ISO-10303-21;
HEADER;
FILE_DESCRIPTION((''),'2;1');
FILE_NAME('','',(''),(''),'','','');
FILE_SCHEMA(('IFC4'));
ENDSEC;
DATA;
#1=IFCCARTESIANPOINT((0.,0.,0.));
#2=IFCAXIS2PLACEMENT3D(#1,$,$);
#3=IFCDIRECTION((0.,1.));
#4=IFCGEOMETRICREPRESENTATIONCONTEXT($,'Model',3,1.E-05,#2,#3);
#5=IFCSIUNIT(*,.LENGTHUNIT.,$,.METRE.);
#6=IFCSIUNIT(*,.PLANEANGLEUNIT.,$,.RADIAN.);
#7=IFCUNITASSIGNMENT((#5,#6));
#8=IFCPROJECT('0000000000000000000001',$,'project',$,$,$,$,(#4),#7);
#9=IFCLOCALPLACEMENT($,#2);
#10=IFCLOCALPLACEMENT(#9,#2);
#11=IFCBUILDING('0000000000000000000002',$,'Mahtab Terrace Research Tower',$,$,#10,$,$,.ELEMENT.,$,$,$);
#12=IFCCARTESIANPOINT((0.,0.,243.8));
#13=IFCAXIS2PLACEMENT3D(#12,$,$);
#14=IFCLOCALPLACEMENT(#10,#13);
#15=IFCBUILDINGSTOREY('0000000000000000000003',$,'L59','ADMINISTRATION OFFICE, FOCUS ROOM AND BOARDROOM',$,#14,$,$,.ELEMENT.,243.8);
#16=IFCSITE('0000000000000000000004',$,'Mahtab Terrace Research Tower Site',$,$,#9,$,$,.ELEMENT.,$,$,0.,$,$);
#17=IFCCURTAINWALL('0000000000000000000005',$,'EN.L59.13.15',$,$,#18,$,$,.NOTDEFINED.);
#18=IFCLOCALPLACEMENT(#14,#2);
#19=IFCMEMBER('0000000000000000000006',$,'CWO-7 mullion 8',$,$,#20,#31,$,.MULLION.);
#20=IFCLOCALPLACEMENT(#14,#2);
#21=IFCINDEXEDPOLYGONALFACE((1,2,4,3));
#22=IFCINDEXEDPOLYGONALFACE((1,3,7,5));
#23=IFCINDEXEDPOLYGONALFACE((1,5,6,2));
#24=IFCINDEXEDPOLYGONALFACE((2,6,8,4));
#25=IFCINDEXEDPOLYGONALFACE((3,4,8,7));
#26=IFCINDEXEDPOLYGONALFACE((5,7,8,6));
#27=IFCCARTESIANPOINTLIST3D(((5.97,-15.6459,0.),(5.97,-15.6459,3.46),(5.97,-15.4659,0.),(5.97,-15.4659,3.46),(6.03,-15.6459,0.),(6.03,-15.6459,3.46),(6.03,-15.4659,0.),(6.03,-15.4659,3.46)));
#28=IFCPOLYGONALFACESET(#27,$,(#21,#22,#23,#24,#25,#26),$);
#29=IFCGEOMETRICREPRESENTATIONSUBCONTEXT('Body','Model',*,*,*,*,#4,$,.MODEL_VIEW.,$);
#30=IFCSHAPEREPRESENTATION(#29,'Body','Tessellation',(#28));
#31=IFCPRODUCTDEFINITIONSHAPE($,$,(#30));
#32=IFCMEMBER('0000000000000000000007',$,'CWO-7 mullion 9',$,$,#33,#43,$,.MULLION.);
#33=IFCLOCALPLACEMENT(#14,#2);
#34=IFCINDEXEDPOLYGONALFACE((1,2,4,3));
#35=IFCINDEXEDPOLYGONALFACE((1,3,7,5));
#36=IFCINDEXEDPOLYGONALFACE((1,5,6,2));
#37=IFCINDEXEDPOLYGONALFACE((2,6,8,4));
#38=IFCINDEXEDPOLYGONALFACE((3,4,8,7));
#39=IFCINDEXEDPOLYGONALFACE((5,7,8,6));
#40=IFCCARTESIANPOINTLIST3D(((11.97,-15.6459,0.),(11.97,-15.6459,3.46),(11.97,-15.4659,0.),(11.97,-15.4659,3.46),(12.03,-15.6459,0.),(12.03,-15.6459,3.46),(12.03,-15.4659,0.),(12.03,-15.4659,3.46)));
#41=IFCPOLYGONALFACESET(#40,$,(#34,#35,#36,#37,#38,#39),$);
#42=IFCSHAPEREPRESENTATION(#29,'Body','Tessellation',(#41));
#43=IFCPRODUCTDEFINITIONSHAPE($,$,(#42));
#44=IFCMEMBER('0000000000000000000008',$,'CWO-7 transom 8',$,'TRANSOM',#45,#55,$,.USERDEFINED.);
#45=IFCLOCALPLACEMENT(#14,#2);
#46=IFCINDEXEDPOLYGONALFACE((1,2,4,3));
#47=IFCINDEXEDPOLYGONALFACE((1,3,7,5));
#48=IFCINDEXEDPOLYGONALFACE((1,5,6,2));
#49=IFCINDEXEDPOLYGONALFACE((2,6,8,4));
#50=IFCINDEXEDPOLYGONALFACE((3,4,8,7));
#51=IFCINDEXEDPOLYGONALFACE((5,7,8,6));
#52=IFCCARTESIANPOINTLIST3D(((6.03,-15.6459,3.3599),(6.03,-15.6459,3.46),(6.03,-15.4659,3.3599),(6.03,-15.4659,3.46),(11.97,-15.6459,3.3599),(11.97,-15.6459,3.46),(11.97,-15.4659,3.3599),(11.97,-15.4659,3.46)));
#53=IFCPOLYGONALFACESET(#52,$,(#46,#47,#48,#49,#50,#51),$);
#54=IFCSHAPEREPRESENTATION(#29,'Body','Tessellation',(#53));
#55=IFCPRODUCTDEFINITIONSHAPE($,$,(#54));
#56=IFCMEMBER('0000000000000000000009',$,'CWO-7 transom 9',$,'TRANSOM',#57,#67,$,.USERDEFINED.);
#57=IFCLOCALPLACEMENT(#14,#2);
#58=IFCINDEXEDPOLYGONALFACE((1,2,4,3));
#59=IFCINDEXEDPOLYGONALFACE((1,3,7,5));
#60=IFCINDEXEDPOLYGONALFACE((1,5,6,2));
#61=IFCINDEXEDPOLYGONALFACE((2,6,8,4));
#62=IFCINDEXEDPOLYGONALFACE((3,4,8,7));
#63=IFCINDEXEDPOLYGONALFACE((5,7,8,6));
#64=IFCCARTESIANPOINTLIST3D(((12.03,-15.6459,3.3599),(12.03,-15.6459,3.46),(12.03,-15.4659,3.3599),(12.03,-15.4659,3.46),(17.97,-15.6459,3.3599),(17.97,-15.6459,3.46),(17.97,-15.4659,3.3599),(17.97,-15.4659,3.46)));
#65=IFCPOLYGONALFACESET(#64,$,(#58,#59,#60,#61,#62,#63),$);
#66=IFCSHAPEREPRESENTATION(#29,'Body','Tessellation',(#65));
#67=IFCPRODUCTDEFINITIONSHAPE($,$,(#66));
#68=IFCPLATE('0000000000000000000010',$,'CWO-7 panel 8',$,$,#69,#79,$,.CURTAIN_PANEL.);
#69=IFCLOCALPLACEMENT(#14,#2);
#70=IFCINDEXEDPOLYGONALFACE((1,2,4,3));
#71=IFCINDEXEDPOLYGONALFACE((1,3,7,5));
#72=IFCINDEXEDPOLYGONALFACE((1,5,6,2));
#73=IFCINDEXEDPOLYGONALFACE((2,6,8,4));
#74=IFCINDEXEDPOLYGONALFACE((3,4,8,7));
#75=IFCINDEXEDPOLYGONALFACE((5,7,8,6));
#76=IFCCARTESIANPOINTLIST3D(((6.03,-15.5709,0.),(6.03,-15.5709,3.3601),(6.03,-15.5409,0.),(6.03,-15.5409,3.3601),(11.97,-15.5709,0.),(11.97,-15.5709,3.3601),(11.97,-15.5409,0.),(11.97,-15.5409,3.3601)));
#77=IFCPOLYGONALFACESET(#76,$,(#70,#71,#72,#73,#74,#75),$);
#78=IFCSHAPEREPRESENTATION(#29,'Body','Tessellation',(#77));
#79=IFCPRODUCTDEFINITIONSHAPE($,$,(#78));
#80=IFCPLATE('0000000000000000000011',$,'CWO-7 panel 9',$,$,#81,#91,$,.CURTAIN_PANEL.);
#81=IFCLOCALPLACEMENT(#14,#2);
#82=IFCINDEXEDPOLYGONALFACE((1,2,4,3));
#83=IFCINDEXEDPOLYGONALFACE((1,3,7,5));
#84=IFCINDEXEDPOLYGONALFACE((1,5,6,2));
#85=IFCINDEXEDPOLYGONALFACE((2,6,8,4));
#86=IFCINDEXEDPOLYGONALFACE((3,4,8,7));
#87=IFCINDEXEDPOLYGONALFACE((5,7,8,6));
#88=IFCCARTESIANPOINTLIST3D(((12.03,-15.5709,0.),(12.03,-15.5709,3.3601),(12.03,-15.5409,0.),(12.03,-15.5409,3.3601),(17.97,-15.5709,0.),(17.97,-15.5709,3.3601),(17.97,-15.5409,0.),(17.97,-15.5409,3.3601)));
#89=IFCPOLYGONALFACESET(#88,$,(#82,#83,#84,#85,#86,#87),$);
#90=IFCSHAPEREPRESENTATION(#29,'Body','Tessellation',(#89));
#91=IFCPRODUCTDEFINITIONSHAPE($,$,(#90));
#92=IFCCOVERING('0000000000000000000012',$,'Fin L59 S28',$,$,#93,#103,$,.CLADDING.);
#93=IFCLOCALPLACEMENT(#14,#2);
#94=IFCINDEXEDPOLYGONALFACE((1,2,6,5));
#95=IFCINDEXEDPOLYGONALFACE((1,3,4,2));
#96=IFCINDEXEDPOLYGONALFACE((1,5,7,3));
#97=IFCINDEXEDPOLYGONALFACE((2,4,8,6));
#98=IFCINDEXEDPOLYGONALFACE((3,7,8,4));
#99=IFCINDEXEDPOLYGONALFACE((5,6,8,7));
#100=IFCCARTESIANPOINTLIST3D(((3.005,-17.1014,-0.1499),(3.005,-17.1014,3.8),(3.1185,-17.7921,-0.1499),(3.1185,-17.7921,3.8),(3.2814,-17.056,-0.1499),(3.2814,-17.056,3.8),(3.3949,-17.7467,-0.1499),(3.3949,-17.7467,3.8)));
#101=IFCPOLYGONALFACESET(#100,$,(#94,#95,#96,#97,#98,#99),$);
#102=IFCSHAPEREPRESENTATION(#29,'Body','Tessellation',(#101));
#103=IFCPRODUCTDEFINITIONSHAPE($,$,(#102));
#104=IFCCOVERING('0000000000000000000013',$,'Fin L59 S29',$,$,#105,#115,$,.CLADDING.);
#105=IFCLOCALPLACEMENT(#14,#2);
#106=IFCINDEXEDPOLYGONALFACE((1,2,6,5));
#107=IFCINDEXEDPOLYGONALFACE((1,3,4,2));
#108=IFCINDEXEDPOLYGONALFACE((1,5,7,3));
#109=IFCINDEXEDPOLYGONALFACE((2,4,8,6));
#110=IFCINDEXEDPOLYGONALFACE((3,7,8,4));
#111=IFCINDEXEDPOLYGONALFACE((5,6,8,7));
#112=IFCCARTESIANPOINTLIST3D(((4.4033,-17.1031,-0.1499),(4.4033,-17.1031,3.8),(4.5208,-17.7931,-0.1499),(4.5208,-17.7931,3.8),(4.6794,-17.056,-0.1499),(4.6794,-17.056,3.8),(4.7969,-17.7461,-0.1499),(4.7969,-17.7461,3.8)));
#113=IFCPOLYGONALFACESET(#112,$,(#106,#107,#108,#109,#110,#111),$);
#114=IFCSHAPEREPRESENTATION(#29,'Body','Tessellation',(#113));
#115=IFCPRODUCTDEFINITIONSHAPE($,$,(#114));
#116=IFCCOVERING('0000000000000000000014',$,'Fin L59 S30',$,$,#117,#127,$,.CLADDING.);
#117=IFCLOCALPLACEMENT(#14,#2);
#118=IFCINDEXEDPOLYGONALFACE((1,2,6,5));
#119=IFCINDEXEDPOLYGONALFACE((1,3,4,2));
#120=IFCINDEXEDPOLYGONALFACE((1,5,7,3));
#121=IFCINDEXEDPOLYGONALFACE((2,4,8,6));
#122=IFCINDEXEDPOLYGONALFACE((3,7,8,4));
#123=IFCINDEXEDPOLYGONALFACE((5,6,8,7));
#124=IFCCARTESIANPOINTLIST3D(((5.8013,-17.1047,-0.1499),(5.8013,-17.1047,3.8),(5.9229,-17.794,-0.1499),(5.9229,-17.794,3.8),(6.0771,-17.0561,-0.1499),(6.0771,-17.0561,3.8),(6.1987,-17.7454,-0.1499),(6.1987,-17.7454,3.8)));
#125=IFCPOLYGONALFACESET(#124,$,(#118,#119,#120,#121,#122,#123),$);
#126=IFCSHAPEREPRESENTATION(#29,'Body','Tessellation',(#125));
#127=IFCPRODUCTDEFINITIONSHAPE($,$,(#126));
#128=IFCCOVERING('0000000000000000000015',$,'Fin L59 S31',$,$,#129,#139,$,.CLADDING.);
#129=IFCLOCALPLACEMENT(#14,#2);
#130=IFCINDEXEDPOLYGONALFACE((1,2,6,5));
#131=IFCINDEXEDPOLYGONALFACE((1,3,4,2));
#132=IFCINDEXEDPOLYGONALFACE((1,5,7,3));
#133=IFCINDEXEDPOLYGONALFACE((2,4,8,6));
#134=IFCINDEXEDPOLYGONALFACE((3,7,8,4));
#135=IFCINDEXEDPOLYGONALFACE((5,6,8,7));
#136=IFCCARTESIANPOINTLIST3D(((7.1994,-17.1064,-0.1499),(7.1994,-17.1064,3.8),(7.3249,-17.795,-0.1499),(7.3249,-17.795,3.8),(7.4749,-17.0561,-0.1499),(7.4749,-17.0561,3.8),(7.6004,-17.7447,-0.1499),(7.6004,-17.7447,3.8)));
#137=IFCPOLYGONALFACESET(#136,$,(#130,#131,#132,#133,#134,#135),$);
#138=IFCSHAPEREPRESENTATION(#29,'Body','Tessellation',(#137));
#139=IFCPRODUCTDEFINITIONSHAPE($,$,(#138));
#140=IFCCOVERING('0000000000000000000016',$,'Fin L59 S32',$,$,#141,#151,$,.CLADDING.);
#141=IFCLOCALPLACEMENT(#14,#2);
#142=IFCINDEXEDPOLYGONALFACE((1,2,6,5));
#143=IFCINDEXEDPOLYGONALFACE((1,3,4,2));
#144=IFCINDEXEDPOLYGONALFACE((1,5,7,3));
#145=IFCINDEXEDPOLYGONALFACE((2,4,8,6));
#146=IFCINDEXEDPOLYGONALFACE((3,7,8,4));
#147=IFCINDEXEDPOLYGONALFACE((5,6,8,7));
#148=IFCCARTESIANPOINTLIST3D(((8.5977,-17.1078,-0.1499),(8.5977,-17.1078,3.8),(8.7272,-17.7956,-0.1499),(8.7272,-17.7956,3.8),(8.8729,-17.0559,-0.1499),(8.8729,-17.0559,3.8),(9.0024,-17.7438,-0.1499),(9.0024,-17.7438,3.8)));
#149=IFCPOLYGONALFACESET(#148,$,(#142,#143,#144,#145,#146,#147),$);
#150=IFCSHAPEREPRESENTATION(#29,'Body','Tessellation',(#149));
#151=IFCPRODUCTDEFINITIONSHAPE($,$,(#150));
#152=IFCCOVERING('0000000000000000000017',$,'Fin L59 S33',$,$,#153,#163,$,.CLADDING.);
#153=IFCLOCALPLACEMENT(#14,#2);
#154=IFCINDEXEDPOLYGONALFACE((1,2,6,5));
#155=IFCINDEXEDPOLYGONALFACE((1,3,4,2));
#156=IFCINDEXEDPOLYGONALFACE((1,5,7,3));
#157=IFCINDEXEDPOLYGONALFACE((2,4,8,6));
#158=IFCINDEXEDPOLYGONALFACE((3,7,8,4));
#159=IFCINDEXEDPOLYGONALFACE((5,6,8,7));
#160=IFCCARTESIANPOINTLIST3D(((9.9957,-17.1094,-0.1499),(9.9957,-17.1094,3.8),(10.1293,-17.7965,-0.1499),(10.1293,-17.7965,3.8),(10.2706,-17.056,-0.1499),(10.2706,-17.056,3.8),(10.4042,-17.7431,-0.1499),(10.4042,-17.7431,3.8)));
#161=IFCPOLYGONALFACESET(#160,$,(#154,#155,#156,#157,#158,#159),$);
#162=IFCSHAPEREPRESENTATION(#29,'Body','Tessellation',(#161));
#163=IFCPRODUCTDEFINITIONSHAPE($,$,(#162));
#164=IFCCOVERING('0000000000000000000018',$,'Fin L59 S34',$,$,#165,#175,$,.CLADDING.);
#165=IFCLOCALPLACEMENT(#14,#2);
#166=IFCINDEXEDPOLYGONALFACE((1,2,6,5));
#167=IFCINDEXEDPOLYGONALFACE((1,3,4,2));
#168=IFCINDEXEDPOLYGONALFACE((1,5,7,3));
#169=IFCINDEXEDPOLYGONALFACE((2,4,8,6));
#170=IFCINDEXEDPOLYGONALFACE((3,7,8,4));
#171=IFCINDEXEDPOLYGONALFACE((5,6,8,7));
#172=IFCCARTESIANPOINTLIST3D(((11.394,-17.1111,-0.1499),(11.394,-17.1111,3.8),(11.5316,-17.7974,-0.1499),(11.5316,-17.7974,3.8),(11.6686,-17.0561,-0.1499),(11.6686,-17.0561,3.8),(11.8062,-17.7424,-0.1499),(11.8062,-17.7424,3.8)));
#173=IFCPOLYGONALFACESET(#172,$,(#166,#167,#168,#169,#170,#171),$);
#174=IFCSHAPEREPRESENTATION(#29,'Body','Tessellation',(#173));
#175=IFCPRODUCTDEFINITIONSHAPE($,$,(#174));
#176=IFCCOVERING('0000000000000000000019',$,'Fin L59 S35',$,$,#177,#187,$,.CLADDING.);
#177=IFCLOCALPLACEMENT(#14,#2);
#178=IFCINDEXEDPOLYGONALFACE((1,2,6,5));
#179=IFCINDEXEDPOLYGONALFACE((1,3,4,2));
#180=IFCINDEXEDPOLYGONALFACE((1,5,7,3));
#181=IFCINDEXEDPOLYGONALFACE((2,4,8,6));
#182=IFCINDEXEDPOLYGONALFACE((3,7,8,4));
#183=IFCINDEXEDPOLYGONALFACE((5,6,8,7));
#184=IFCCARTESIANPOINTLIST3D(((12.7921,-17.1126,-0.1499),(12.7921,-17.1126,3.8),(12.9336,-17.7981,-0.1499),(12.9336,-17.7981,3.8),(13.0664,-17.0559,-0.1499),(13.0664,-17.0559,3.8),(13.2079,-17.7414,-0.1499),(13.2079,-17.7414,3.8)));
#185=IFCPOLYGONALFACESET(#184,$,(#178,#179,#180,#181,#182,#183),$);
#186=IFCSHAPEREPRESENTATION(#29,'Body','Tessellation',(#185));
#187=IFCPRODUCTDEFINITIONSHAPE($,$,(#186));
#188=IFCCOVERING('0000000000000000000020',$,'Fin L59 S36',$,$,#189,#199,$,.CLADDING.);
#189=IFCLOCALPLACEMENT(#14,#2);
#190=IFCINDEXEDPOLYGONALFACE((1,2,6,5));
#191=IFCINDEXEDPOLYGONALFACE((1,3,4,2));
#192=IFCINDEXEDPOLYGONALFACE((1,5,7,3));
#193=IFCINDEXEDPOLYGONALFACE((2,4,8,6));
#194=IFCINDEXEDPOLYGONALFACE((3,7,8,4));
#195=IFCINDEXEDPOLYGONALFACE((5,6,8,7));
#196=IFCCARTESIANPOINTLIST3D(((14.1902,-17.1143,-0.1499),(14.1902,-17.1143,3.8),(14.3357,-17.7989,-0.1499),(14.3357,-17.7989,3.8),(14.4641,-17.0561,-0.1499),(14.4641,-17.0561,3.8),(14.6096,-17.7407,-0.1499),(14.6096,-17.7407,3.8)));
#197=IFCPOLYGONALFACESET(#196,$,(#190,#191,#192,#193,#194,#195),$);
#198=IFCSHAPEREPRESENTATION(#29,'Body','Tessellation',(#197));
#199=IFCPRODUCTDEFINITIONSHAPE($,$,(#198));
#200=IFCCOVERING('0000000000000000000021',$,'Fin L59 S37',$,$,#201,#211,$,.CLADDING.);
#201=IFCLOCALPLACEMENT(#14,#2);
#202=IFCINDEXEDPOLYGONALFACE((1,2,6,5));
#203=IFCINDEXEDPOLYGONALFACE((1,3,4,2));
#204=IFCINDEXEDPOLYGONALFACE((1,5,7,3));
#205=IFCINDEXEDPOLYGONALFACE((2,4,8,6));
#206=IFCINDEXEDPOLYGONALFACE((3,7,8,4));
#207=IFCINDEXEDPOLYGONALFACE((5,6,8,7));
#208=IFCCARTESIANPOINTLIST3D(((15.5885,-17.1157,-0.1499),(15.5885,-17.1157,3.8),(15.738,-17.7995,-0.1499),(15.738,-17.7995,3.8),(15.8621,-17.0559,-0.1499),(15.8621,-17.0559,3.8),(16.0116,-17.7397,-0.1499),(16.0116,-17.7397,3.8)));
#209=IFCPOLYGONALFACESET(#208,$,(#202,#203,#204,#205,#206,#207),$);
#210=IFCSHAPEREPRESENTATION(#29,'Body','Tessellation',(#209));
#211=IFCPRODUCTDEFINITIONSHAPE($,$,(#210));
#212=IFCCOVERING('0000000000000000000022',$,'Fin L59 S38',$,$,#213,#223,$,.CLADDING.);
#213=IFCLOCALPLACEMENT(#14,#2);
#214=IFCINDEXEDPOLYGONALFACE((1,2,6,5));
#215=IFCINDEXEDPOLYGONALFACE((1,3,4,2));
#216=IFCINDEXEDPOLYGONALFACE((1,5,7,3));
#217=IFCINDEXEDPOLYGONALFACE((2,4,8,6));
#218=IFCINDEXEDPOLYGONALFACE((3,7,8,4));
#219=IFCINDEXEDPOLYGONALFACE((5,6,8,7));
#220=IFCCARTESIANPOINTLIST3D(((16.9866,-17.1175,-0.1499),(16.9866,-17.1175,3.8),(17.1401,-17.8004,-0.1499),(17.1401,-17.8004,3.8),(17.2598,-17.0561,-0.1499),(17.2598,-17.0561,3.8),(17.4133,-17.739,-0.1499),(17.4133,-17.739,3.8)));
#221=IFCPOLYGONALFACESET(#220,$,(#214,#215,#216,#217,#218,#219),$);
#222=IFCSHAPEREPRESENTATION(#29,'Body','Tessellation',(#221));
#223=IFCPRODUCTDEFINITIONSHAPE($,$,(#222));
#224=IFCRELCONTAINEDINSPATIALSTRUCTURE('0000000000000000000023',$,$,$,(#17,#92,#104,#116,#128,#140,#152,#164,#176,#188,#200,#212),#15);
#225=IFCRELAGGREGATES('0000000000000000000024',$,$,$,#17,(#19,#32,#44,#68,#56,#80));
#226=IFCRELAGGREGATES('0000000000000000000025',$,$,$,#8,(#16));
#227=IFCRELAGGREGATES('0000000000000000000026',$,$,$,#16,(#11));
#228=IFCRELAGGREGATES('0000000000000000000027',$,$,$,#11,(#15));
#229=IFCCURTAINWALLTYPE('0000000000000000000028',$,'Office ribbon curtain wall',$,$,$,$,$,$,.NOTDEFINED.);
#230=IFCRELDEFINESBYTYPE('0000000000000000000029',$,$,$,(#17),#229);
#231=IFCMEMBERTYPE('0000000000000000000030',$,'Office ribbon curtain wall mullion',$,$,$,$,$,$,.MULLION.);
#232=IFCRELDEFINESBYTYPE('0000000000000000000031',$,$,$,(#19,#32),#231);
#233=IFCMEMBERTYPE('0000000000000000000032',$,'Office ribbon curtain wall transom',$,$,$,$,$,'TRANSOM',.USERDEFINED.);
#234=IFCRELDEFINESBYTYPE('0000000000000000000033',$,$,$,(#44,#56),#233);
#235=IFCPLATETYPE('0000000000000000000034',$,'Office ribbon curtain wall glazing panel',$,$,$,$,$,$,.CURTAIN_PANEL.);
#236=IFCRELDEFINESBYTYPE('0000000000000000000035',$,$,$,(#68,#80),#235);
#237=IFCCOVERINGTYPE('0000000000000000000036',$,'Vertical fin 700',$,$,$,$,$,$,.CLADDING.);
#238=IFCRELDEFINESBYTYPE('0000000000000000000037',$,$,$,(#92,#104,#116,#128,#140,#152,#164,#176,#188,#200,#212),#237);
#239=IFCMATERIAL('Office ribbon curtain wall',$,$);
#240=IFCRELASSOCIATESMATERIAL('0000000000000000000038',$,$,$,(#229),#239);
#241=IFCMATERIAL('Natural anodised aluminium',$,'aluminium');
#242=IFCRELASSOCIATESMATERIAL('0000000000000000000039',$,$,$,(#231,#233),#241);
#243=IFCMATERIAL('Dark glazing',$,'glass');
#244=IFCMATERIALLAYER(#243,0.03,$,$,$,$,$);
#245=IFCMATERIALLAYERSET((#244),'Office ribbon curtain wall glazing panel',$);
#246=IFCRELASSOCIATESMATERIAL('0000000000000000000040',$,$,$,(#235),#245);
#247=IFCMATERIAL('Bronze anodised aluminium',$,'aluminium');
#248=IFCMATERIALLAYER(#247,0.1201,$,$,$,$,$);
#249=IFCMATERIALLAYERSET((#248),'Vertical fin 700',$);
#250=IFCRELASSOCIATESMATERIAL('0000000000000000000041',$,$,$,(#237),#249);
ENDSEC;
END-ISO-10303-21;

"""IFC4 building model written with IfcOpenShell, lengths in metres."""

from ifc_helpers import new_model, si_unit, direction, frame, origin, origin_2d, place, context, subcontext, project, spatial, rectangle, extrude, material, layer, layer_set, material_profile, profile_set, type_object, element, aggregate, save


model = new_model("IFC4")

# Units and contexts
model_context = context("Model", 3, precision=1e-05, world=origin(), true_north=direction((0.0, 1.0)))
body_context = subcontext(model_context, "Body", "Model", "MODEL_VIEW")
ifc_project = project(units=[si_unit("LENGTHUNIT", "METRE"), si_unit("PLANEANGLEUNIT", "RADIAN")], contexts=[model_context])

# Site, building, storey
site_placement = place(None, origin())
site = spatial("IfcSite", under=ifc_project, at=site_placement, Name="Mahtab Terrace Research Tower Site", CompositionType="ELEMENT", RefElevation=0.0)
building_placement = place(site_placement, origin())
building = spatial("IfcBuilding", under=site, at=building_placement, Name="Mahtab Terrace Research Tower", CompositionType="ELEMENT")
storey_placement = place(building_placement, frame((0.0, 0.0, 243.8)))
storey = spatial("IfcBuildingStorey", under=building, at=storey_placement, Name="L59", Description="ADMINISTRATION OFFICE, FOCUS ROOM AND BOARDROOM", CompositionType="ELEMENT", Elevation=243.8)

# Curtain wall, members, plates
ifc_material_1 = material(Name="Office ribbon curtain wall")
curtain_wall_type = type_object("IfcCurtainWallType", Name="Office ribbon curtain wall", PredefinedType="NOTDEFINED", material=ifc_material_1)
curtain_wall_placement = place(storey_placement, origin())
curtain_wall = element("IfcCurtainWall", 1, at=curtain_wall_placement, inside=storey, type_object=curtain_wall_type, Name="EN.L59.13.15", PredefinedType="NOTDEFINED")
ifc_material_2 = material(Name="Natural anodised aluminium", Category="aluminium")
ifc_material_profile_1 = material_profile(ifc_material_2, rectangle(XDim=0.1799, YDim=0.0601, at=origin_2d()), Name="MULLION 60x180")
ifc_profile_set_1 = profile_set([ifc_material_profile_1], Name="Natural anodised aluminium")
member_type_1 = type_object("IfcMemberType", Name="Office ribbon curtain wall mullion", PredefinedType="MULLION", material=ifc_profile_set_1)
member_1_placement = place(storey_placement, frame((6.0, -15.5559, 0.0), z_axis=(0.0, 0.0, 1.0), x_axis=(0.0, 1.0, 0.0)))
member_1 = element("IfcMember", 2, at=member_1_placement, type_object=member_type_1, Name="CWO-7 mullion 8", PredefinedType="MULLION", context=body_context, shape_type="SweptSolid", body=[
    extrude(rectangle(XDim=0.1799, YDim=0.0601, at=origin_2d()), origin(), (0.0, 0.0, 1.0), 3.46),
])
member_2_placement = place(storey_placement, frame((12.0, -15.5559, 0.0), z_axis=(0.0, 0.0, 1.0), x_axis=(0.0, 1.0, 0.0)))
member_2 = element("IfcMember", 3, at=member_2_placement, type_object=member_type_1, Name="CWO-7 mullion 9", PredefinedType="MULLION", context=body_context, shape_type="SweptSolid", body=[
    extrude(rectangle(XDim=0.1799, YDim=0.0601, at=origin_2d()), origin(), (0.0, 0.0, 1.0), 3.46),
])
ifc_material_profile_2 = material_profile(ifc_material_2, rectangle(XDim=0.1799, YDim=0.1001, at=origin_2d()), Name="TRANSOM 100x180")
ifc_profile_set_2 = profile_set([ifc_material_profile_2], Name="Natural anodised aluminium")
member_type_2 = type_object("IfcMemberType", Name="Office ribbon curtain wall transom", ElementType="TRANSOM", PredefinedType="USERDEFINED", material=ifc_profile_set_2)
member_3_placement = place(storey_placement, frame((6.03, -15.5559, 3.4099), z_axis=(1.0, 0.0, 0.0), x_axis=(0.0, 1.0, 0.0)))
member_3 = element("IfcMember", 4, at=member_3_placement, type_object=member_type_2, Name="CWO-7 transom 8", ObjectType="TRANSOM", PredefinedType="USERDEFINED", context=body_context, shape_type="SweptSolid", body=[
    extrude(rectangle(XDim=0.1799, YDim=0.1001, at=origin_2d()), origin(), (0.0, 0.0, 1.0), 5.9399),
])
member_4_placement = place(storey_placement, frame((12.03, -15.5559, 3.4099), z_axis=(1.0, 0.0, 0.0), x_axis=(0.0, 1.0, 0.0)))
member_4 = element("IfcMember", 5, at=member_4_placement, type_object=member_type_2, Name="CWO-7 transom 9", ObjectType="TRANSOM", PredefinedType="USERDEFINED", context=body_context, shape_type="SweptSolid", body=[
    extrude(rectangle(XDim=0.1799, YDim=0.1001, at=origin_2d()), origin(), (0.0, 0.0, 1.0), 5.9399),
])
ifc_material_3 = material(Name="Dark glazing", Category="glass")
ifc_layer_1 = layer(ifc_material_3, 0.03)
ifc_layer_set_1 = layer_set([ifc_layer_1], Name="Office ribbon curtain wall glazing panel")
plate_type = type_object("IfcPlateType", Name="Office ribbon curtain wall glazing panel", PredefinedType="CURTAIN_PANEL", material=ifc_layer_set_1)
plate_1_placement = place(storey_placement, frame((9.0, -15.5559, 0.0), z_axis=(0.0, 0.0, 1.0), x_axis=(1.0, 0.0, 0.0)))
plate_1 = element("IfcPlate", 6, at=plate_1_placement, type_object=plate_type, Name="CWO-7 panel 8", PredefinedType="CURTAIN_PANEL", context=body_context, shape_type="SweptSolid", body=[
    extrude(rectangle(XDim=5.9399, YDim=0.03, at=origin_2d()), origin(), (0.0, 0.0, 1.0), 3.3601),
])
plate_2_placement = place(storey_placement, frame((15.0, -15.5559, 0.0), z_axis=(0.0, 0.0, 1.0), x_axis=(1.0, 0.0, 0.0)))
plate_2 = element("IfcPlate", 7, at=plate_2_placement, type_object=plate_type, Name="CWO-7 panel 9", PredefinedType="CURTAIN_PANEL", context=body_context, shape_type="SweptSolid", body=[
    extrude(rectangle(XDim=5.9399, YDim=0.03, at=origin_2d()), origin(), (0.0, 0.0, 1.0), 3.3601),
])
aggregate(curtain_wall, [member_1, member_2, member_3, plate_1, member_4, plate_2])

# Coverings
ifc_material_4 = material(Name="Bronze anodised aluminium", Category="aluminium")
ifc_layer_2 = layer(ifc_material_4, 0.1201)
ifc_layer_set_2 = layer_set([ifc_layer_2], Name="Vertical fin 700")
covering_type = type_object("IfcCoveringType", Name="Vertical fin 700", PredefinedType="CLADDING", material=ifc_layer_set_2)
for number, where, z_axis, x_axis, name in (
    (8, (3.2, -17.4241, -0.1499), (0.0, 0.0, 1.0), (0.986762, 0.162178, 0.0), "Fin L59 S28"),
    (9, (4.6001, -17.4246, -0.1499), (0.0, 0.0, 1.0), (0.985801, 0.167916, 0.0), "Fin L59 S29"),
    (10, (6.0, -17.425, -0.1499), (0.0, 0.0, 1.0), (0.984808, 0.173648, 0.0), "Fin L59 S30"),
    (11, (7.3999, -17.4255, -0.1499), (0.0, 0.0, 1.0), (0.983781, 0.179375, 0.0), "Fin L59 S31"),
    (12, (8.8, -17.4258, -0.1499), (0.0, 0.0, 1.0), (0.982721, 0.185095, 0.0), "Fin L59 S32"),
    (13, (10.2, -17.4263, -0.1499), (0.0, 0.0, 1.0), (0.981627, 0.190809, 0.0), "Fin L59 S33"),
    (14, (11.6001, -17.4268, -0.1499), (0.0, 0.0, 1.0), (0.9805, 0.196517, 0.0), "Fin L59 S34"),
    (15, (13.0, -17.427, -0.1499), (0.0, 0.0, 1.0), (0.979341, 0.202218, 0.0), "Fin L59 S35"),
    (16, (14.3999, -17.4275, -0.1499), (0.0, 0.0, 1.0), (0.978148, 0.207912, 0.0), "Fin L59 S36"),
    (17, (15.8, -17.4277, -0.1499), (0.0, 0.0, 1.0), (0.976921, 0.213599, 0.0), "Fin L59 S37"),
    (18, (17.2, -17.4282, -0.1499), (0.0, 0.0, 1.0), (0.975662, 0.219279, 0.0), "Fin L59 S38"),
):
    element("IfcCovering", number, at=place(storey_placement, frame(where, z_axis=z_axis, x_axis=x_axis)), inside=storey, type_object=covering_type, Name=name, PredefinedType="CLADDING", context=body_context, shape_type="SweptSolid", body=[
        extrude(rectangle(XDim=0.28, YDim=0.7, at=origin_2d()), origin(), (0.0, 0.0, 1.0), 3.95),
    ])

save(model, "model.ifc")
